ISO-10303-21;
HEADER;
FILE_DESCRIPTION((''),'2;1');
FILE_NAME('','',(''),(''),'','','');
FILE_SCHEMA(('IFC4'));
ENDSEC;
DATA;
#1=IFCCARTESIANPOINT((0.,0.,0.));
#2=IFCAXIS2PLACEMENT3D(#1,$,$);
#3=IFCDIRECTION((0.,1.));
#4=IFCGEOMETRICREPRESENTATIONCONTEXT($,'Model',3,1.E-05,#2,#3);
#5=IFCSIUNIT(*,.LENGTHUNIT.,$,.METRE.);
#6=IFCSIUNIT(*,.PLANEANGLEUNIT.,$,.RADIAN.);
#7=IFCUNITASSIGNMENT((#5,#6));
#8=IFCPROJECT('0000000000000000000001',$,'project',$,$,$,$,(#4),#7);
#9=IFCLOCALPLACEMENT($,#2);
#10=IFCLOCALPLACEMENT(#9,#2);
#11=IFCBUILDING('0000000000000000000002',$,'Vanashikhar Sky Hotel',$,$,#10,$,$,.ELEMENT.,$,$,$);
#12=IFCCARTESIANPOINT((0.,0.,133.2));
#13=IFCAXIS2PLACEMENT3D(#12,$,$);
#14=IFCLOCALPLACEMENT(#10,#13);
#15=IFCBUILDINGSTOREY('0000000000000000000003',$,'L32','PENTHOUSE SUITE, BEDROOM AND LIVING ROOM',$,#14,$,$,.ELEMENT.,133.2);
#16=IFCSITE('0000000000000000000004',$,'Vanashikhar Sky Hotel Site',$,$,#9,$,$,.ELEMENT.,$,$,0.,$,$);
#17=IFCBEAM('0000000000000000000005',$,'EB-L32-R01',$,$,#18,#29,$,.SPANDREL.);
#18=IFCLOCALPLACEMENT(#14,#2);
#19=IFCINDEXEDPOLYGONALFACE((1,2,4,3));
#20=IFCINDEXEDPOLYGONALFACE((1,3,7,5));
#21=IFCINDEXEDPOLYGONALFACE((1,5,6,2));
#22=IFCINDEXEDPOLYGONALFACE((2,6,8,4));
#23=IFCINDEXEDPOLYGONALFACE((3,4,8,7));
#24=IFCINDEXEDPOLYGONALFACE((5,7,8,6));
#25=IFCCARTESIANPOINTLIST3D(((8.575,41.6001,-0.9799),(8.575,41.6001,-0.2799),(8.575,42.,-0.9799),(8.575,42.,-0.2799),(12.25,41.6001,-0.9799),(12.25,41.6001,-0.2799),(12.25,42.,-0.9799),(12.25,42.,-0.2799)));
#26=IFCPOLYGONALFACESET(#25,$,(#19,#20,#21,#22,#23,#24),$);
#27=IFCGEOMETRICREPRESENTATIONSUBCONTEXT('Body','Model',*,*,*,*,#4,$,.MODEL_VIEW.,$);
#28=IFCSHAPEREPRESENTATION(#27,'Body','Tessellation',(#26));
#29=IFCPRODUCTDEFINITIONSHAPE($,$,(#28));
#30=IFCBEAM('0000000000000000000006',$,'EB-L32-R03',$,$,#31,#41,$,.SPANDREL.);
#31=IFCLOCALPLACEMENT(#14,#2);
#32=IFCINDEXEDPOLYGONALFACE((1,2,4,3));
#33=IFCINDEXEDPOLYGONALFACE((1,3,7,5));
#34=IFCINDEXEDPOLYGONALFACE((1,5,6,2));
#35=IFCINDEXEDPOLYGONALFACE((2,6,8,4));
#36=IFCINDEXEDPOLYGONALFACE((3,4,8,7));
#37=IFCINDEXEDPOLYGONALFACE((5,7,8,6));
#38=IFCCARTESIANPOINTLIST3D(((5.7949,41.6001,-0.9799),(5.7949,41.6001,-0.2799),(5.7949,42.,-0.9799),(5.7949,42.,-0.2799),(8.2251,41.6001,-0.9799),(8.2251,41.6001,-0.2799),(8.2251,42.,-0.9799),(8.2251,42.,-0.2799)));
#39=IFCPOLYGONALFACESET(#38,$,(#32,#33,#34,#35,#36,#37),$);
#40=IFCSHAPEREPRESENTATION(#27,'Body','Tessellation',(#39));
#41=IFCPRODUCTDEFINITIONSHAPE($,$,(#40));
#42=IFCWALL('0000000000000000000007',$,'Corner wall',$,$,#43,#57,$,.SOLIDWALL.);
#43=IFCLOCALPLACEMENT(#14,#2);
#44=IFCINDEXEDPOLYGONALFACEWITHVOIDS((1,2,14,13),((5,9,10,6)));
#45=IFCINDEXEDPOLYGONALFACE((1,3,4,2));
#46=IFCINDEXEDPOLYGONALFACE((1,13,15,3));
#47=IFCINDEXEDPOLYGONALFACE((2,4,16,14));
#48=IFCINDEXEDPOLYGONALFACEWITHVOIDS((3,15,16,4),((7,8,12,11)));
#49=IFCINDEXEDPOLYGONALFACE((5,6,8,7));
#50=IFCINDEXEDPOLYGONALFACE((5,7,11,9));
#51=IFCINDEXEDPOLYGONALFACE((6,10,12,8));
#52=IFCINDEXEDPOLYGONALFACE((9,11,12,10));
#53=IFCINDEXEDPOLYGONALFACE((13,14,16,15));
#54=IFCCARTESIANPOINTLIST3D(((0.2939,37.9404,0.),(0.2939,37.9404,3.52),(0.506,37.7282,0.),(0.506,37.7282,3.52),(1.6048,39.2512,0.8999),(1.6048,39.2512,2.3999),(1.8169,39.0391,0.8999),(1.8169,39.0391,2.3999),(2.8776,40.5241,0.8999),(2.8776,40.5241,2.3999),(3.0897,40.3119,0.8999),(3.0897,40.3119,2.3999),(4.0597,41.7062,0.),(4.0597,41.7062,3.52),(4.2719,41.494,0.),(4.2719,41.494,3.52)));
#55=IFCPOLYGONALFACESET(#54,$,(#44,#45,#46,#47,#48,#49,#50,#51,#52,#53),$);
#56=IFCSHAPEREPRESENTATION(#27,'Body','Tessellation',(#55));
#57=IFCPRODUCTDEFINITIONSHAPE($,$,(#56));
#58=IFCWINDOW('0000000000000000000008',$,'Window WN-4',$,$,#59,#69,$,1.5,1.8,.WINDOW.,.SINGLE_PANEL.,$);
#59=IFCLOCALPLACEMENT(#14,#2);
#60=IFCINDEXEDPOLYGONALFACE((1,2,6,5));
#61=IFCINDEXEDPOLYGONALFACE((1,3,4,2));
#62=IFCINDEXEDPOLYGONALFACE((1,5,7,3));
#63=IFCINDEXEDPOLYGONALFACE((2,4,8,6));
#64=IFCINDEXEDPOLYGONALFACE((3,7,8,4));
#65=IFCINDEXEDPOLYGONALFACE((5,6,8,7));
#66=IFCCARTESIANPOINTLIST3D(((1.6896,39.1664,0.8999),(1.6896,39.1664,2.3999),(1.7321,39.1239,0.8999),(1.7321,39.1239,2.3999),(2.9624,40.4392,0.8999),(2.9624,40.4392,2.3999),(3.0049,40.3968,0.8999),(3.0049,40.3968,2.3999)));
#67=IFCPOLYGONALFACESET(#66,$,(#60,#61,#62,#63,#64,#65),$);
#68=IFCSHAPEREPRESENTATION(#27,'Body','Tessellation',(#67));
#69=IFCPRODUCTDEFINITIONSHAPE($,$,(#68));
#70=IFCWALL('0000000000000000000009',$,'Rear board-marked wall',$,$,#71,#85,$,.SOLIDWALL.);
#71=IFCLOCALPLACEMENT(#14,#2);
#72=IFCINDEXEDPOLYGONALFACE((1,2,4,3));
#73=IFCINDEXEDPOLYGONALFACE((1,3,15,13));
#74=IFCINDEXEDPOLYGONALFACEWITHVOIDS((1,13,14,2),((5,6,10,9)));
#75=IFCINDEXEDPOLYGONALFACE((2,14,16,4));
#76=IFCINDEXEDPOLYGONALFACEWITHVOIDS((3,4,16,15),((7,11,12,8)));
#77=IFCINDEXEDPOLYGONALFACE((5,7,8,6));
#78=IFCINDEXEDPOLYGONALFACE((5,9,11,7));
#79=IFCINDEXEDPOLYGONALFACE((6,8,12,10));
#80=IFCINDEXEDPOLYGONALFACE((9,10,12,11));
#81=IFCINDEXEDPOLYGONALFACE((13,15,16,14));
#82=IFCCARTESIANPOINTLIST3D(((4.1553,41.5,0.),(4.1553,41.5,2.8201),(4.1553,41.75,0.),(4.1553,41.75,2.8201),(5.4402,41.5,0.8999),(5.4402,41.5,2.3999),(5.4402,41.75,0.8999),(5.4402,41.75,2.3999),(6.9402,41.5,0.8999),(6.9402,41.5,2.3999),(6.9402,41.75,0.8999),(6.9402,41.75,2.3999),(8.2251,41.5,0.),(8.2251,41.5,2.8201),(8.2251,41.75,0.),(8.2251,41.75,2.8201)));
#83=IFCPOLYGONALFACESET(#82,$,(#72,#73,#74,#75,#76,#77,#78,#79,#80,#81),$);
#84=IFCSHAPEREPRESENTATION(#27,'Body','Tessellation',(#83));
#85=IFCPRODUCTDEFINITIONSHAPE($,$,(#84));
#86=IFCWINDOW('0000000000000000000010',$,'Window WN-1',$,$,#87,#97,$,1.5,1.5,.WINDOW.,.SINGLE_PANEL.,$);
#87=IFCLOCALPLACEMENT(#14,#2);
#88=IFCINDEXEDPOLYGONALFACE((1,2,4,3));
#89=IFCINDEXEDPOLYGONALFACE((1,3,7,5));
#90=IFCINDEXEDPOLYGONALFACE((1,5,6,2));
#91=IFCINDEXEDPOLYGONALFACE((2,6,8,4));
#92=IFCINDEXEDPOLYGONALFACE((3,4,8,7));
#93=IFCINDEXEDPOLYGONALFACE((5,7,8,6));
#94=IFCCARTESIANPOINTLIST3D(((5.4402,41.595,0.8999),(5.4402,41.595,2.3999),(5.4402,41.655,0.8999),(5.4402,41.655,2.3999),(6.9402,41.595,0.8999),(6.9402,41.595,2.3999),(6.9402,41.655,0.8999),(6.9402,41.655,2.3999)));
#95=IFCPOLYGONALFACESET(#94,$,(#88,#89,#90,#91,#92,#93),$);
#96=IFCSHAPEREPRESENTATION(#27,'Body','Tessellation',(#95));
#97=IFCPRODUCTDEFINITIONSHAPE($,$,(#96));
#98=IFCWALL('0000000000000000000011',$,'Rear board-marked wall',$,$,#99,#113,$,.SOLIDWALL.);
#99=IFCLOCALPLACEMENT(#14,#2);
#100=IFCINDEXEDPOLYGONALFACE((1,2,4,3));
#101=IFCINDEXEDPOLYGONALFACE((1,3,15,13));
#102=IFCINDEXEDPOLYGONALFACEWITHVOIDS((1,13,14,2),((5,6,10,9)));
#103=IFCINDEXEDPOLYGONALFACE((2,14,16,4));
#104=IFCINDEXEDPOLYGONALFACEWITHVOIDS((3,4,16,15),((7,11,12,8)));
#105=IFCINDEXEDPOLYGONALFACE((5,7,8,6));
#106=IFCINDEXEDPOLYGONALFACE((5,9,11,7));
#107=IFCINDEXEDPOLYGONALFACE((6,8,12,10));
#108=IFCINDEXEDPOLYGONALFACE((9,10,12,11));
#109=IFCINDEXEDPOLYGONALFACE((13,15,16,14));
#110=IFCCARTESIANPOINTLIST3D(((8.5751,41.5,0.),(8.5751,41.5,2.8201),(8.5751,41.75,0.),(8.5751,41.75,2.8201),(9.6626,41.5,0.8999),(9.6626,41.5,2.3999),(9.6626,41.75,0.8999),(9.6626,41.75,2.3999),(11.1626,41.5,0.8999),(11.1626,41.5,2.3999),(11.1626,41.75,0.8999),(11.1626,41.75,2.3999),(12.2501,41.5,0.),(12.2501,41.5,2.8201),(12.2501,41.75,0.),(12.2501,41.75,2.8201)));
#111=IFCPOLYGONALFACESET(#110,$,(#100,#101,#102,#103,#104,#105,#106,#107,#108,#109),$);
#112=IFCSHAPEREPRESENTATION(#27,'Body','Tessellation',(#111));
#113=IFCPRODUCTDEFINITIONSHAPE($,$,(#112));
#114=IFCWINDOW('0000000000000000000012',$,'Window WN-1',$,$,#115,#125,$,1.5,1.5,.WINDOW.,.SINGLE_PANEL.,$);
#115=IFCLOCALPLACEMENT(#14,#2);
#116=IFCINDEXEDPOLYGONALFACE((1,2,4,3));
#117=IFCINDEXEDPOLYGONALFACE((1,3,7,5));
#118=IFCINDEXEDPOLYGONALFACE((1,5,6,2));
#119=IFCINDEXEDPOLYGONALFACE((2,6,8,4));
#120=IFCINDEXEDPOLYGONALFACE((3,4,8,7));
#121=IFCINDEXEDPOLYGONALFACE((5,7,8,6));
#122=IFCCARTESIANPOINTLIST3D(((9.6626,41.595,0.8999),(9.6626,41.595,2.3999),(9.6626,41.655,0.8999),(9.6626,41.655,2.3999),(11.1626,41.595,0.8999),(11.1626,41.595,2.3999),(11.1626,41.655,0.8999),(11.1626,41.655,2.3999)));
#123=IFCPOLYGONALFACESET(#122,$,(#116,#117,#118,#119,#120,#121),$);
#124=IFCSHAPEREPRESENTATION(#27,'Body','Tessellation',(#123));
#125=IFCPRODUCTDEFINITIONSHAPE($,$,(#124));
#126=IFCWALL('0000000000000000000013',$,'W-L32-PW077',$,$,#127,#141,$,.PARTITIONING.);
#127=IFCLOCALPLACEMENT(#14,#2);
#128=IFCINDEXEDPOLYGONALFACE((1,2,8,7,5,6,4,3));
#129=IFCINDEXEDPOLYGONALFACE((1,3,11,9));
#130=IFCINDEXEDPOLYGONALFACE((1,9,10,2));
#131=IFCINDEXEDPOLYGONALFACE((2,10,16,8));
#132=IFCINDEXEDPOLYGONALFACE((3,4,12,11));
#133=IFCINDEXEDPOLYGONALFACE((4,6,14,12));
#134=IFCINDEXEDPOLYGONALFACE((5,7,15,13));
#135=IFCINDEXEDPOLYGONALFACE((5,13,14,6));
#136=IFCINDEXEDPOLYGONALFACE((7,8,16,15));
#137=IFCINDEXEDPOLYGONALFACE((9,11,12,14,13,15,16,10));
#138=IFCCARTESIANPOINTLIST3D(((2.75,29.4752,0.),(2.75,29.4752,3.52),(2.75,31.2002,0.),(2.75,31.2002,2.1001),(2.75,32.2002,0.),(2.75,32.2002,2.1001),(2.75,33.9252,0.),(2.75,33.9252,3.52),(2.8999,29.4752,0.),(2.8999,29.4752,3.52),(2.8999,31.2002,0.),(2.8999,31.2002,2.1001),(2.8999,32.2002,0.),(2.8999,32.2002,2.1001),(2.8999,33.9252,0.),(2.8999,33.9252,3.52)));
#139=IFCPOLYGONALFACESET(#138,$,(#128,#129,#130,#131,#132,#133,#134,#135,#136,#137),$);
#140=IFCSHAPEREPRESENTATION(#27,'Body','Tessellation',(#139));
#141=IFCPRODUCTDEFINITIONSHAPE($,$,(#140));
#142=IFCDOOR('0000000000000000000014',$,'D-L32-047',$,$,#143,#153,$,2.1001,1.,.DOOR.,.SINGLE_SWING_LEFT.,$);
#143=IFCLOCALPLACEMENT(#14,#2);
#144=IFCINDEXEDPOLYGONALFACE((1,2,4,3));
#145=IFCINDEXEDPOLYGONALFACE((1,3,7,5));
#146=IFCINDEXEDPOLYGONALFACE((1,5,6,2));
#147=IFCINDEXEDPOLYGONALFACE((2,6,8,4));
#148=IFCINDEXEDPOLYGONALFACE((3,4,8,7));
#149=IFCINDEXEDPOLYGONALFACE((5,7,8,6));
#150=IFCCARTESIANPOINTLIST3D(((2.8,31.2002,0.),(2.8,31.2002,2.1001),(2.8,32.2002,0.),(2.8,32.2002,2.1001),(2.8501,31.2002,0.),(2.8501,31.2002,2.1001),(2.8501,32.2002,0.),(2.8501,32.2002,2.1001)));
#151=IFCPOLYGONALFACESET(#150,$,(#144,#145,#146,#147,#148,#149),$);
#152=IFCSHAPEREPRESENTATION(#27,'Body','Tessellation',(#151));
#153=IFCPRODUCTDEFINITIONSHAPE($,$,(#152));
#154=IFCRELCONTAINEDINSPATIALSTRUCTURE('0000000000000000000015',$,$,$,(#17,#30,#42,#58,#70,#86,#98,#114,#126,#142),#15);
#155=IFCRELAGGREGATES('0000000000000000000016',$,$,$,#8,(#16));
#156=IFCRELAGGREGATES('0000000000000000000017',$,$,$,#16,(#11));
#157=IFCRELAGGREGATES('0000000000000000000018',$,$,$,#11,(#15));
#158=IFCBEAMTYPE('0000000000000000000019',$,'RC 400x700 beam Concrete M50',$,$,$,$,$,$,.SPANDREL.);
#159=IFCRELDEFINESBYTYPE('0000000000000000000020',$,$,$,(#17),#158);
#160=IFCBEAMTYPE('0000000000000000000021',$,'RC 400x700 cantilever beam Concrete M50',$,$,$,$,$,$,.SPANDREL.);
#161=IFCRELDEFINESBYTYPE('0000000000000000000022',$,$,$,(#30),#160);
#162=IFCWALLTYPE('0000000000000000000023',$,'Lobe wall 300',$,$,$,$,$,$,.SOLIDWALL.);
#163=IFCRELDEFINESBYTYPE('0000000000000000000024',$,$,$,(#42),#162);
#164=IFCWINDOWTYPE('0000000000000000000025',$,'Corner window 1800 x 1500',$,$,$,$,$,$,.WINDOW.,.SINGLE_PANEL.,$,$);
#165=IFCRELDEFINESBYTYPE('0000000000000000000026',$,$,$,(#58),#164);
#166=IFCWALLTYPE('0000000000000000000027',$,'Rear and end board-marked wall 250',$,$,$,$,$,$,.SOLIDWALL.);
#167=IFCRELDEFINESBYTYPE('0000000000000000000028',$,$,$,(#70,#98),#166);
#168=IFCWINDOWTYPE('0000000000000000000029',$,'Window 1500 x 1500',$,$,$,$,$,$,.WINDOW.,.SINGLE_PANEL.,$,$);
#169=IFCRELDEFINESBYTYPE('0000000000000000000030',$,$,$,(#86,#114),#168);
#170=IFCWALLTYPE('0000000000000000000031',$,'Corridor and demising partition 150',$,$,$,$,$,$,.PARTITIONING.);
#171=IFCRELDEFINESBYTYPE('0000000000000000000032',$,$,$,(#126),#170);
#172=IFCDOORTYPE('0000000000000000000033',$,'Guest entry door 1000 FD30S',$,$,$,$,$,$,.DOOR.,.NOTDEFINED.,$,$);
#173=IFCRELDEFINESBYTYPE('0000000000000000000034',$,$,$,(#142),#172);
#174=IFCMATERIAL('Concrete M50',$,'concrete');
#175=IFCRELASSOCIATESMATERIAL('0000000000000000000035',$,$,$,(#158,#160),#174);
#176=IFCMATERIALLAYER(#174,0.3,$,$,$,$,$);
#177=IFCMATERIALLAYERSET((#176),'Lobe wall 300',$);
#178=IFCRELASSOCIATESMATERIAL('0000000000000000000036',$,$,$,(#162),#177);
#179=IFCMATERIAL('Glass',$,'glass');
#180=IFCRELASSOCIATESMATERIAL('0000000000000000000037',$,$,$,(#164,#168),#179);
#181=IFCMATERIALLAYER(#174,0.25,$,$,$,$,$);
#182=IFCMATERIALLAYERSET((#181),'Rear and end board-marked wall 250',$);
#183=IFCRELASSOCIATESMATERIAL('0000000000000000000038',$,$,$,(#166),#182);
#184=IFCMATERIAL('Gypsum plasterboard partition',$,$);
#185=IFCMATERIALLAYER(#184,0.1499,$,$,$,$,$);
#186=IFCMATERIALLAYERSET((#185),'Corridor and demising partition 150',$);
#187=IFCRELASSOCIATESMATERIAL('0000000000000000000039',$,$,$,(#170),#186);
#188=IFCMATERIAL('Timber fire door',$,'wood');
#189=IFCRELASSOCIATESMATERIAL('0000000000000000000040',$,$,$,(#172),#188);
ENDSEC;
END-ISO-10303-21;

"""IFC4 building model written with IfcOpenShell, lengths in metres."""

from ifc_helpers import new_model, si_unit, direction, frame, frame_2d, origin, origin_2d, place, context, subcontext, project, spatial, rectangle, extrude, source, transform, mapped, material, layer, layer_set, material_profile, profile_set, type_object, element, fill, save


model = new_model("IFC4")

# Units and contexts
model_context = context("Model", 3, precision=1e-05, world=origin(), true_north=direction((0.0, 1.0)))
body_context = subcontext(model_context, "Body", "Model", "MODEL_VIEW")
ifc_project = project(units=[si_unit("LENGTHUNIT", "METRE"), si_unit("PLANEANGLEUNIT", "RADIAN")], contexts=[model_context])

# Site, building, storey
site_placement = place(None, origin())
site = spatial("IfcSite", under=ifc_project, at=site_placement, Name="Vanashikhar Sky Hotel Site", CompositionType="ELEMENT", RefElevation=0.0)
building_placement = place(site_placement, origin())
building = spatial("IfcBuilding", under=site, at=building_placement, Name="Vanashikhar Sky Hotel", CompositionType="ELEMENT")
storey_placement = place(building_placement, frame((0.0, 0.0, 133.2)))
storey = spatial("IfcBuildingStorey", under=building, at=storey_placement, Name="L32", Description="PENTHOUSE SUITE, BEDROOM AND LIVING ROOM", CompositionType="ELEMENT", Elevation=133.2)

# Beams
ifc_material_1 = material(Name="Concrete M50", Category="concrete")
ifc_material_profile_1 = material_profile(ifc_material_1, rectangle(XDim=0.3999, YDim=0.7, at=origin_2d()))
ifc_profile_set_1 = profile_set([ifc_material_profile_1], Name="RC 400x700 beam Concrete M50")
beam_type_1 = type_object("IfcBeamType", Name="RC 400x700 beam Concrete M50", PredefinedType="SPANDREL", material=ifc_profile_set_1)
shared_shape_1 = source(origin(), body_context, "Body", "SweptSolid", [
    extrude(rectangle(XDim=0.3999, YDim=0.7, at=origin_2d()), origin(), (0.0, 0.0, 1.0), 3.675),
])
beam_1_placement = place(storey_placement, frame((8.575, 41.8, -0.6299), z_axis=(1.0, 0.0, 0.0), x_axis=(0.0, 1.0, 0.0)))
element("IfcBeam", 1, at=beam_1_placement, inside=storey, type_object=beam_type_1, Name="EB-L32-R01", PredefinedType="SPANDREL", context=body_context, shape_type="MappedRepresentation", body=[
    mapped(shared_shape_1, transform((0.0, 0.0, 0.0), scale=1.0)),
])
ifc_material_profile_2 = material_profile(ifc_material_1, rectangle(XDim=0.3999, YDim=0.7, at=origin_2d()))
ifc_profile_set_2 = profile_set([ifc_material_profile_2], Name="RC 400x700 cantilever beam Concrete M50")
beam_type_2 = type_object("IfcBeamType", Name="RC 400x700 cantilever beam Concrete M50", PredefinedType="SPANDREL", material=ifc_profile_set_2)
shared_shape_2 = source(origin(), body_context, "Body", "SweptSolid", [
    extrude(rectangle(XDim=0.3999, YDim=0.7, at=origin_2d()), origin(), (0.0, 0.0, 1.0), 2.4302),
])
beam_2_placement = place(storey_placement, frame((5.7949, 41.8, -0.6299), z_axis=(1.0, 0.0, 0.0), x_axis=(0.0, 1.0, 0.0)))
element("IfcBeam", 2, at=beam_2_placement, inside=storey, type_object=beam_type_2, Name="EB-L32-R03", PredefinedType="SPANDREL", context=body_context, shape_type="MappedRepresentation", body=[
    mapped(shared_shape_2, transform((0.0, 0.0, 0.0), scale=1.0)),
])

# Walls, openings, windows
ifc_layer_1 = layer(ifc_material_1, 0.3)
ifc_layer_set_1 = layer_set([ifc_layer_1], Name="Lobe wall 300")
wall_type_1 = type_object("IfcWallType", Name="Lobe wall 300", PredefinedType="SOLIDWALL", material=ifc_layer_set_1)
shared_shape_3 = source(origin(), body_context, "Body", "SweptSolid", [
    extrude(rectangle(XDim=5.3257, YDim=0.3, at=frame_2d((2.6628, 0.0))), origin(), (0.0, 0.0, 1.0), 3.52),
])
wall_1_placement = place(storey_placement, frame((4.1658, 41.6001, 0.0), z_axis=(0.0, 0.0, 1.0), x_axis=(-0.707107, -0.707107, 0.0)))
wall_1 = element("IfcWall", 3, at=wall_1_placement, inside=storey, type_object=wall_type_1, Name="Corner wall", PredefinedType="SOLIDWALL", context=body_context, shape_type="MappedRepresentation", body=[
    mapped(shared_shape_3, transform((0.0, 0.0, 0.0), scale=1.0)),
])
shared_shape_4 = source(origin(), body_context, "Body", "SweptSolid", [
    extrude(rectangle(XDim=1.8, YDim=1.5, at=frame_2d((0.8999, 0.75))), frame((0.0, 0.1602, 0.0), z_axis=(0.0, -1.0, 0.0), x_axis=(1.0, 0.0, 0.0)), (0.0, 0.0, 1.0), 0.3201),
])
opening_1_placement = place(wall_1_placement, frame((1.6719, 0.0, 0.8999)))
opening_1 = element("IfcOpeningElement", 4, at=opening_1_placement, cuts=wall_1, PredefinedType="OPENING", context=body_context, shape_type="MappedRepresentation", body=[
    mapped(shared_shape_4, transform((0.0, 0.0, 0.0), scale=1.0)),
])
ifc_material_2 = material(Name="Glass", Category="glass")
window_type_1 = type_object("IfcWindowType", Name="Corner window 1800 x 1500", PartitioningType="SINGLE_PANEL", PredefinedType="WINDOW", material=ifc_material_2)
shared_shape_5 = source(origin(), body_context, "Body", "SweptSolid", [
    extrude(rectangle(XDim=1.8, YDim=1.5, at=frame_2d((0.8999, 0.75))), frame((0.0, 0.03, 0.0), z_axis=(0.0, -1.0, 0.0), x_axis=(1.0, 0.0, 0.0)), (0.0, 0.0, 1.0), 0.0601),
])
window_1_placement = place(opening_1_placement, origin())
window_1 = element("IfcWindow", 5, at=window_1_placement, inside=storey, type_object=window_type_1, Name="Window WN-4", OverallHeight=1.5, OverallWidth=1.8, PartitioningType="SINGLE_PANEL", PredefinedType="WINDOW", context=body_context, shape_type="MappedRepresentation", body=[
    mapped(shared_shape_5, transform((0.0, 0.0, 0.0), scale=1.0)),
])
fill(opening_1, window_1)
ifc_layer_2 = layer(ifc_material_1, 0.25)
ifc_layer_set_2 = layer_set([ifc_layer_2], Name="Rear and end board-marked wall 250")
wall_type_2 = type_object("IfcWallType", Name="Rear and end board-marked wall 250", PredefinedType="SOLIDWALL", material=ifc_layer_set_2)
shared_shape_6 = source(origin(), body_context, "Body", "SweptSolid", [
    extrude(rectangle(XDim=4.0698, YDim=0.25, at=frame_2d((2.0349, 0.0))), origin(), (0.0, 0.0, 1.0), 2.8201),
])
wall_2_placement = place(storey_placement, frame((8.2251, 41.625, 0.0), z_axis=(0.0, 0.0, 1.0), x_axis=(-1.0, 0.0, 0.0)))
wall_2 = element("IfcWall", 6, at=wall_2_placement, inside=storey, type_object=wall_type_2, Name="Rear board-marked wall", PredefinedType="SOLIDWALL", context=body_context, shape_type="MappedRepresentation", body=[
    mapped(shared_shape_6, transform((0.0, 0.0, 0.0), scale=1.0)),
])
shared_shape_7 = source(origin(), body_context, "Body", "SweptSolid", [
    extrude(rectangle(XDim=1.5, YDim=1.5, at=frame_2d((0.75, 0.75))), frame((0.0, 0.135, 0.0), z_axis=(0.0, -1.0, 0.0), x_axis=(1.0, 0.0, 0.0)), (0.0, 0.0, 1.0), 0.27),
])
opening_2_placement = place(wall_2_placement, frame((1.2849, 0.0, 0.8999)))
opening_2 = element("IfcOpeningElement", 7, at=opening_2_placement, cuts=wall_2, PredefinedType="OPENING", context=body_context, shape_type="MappedRepresentation", body=[
    mapped(shared_shape_7, transform((0.0, 0.0, 0.0), scale=1.0)),
])
window_type_2 = type_object("IfcWindowType", Name="Window 1500 x 1500", PartitioningType="SINGLE_PANEL", PredefinedType="WINDOW", material=ifc_material_2)
shared_shape_8 = source(origin(), body_context, "Body", "SweptSolid", [
    extrude(rectangle(XDim=1.5, YDim=1.5, at=frame_2d((0.75, 0.75))), frame((0.0, 0.03, 0.0), z_axis=(0.0, -1.0, 0.0), x_axis=(1.0, 0.0, 0.0)), (0.0, 0.0, 1.0), 0.0601),
])
window_2_placement = place(opening_2_placement, origin())
window_2 = element("IfcWindow", 8, at=window_2_placement, inside=storey, type_object=window_type_2, Name="Window WN-1", OverallHeight=1.5, OverallWidth=1.5, PartitioningType="SINGLE_PANEL", PredefinedType="WINDOW", context=body_context, shape_type="MappedRepresentation", body=[
    mapped(shared_shape_8, transform((0.0, 0.0, 0.0), scale=1.0)),
])
fill(opening_2, window_2)
shared_shape_9 = source(origin(), body_context, "Body", "SweptSolid", [
    extrude(rectangle(XDim=3.675, YDim=0.25, at=frame_2d((1.8374, 0.0))), origin(), (0.0, 0.0, 1.0), 2.8201),
])
wall_3_placement = place(storey_placement, frame((12.25, 41.625, 0.0), z_axis=(0.0, 0.0, 1.0), x_axis=(-1.0, 0.0, 0.0)))
wall_3 = element("IfcWall", 9, at=wall_3_placement, inside=storey, type_object=wall_type_2, Name="Rear board-marked wall", PredefinedType="SOLIDWALL", context=body_context, shape_type="MappedRepresentation", body=[
    mapped(shared_shape_9, transform((0.0, 0.0, 0.0), scale=1.0)),
])
opening_3_placement = place(wall_3_placement, frame((1.0874, 0.0, 0.8999)))
opening_3 = element("IfcOpeningElement", 10, at=opening_3_placement, cuts=wall_3, PredefinedType="OPENING", context=body_context, shape_type="MappedRepresentation", body=[
    mapped(shared_shape_7, transform((0.0, 0.0, 0.0), scale=1.0)),
])
window_3_placement = place(opening_3_placement, origin())
window_3 = element("IfcWindow", 11, at=window_3_placement, inside=storey, type_object=window_type_2, Name="Window WN-1", OverallHeight=1.5, OverallWidth=1.5, PartitioningType="SINGLE_PANEL", PredefinedType="WINDOW", context=body_context, shape_type="MappedRepresentation", body=[
    mapped(shared_shape_8, transform((0.0, 0.0, 0.0), scale=1.0)),
])
fill(opening_3, window_3)

# Wall, opening, door
ifc_material_3 = material(Name="Gypsum plasterboard partition")
ifc_layer_3 = layer(ifc_material_3, 0.1499)
ifc_layer_set_3 = layer_set([ifc_layer_3], Name="Corridor and demising partition 150")
wall_type_3 = type_object("IfcWallType", Name="Corridor and demising partition 150", PredefinedType="PARTITIONING", material=ifc_layer_set_3)
shared_shape_10 = source(origin(), body_context, "Body", "SweptSolid", [
    extrude(rectangle(XDim=4.45, YDim=0.1499, at=frame_2d((2.2251, 0.0))), origin(), (0.0, 0.0, 1.0), 3.52),
])
wall_4_placement = place(storey_placement, frame((2.825, 29.4751, 0.0), z_axis=(0.0, 0.0, 1.0), x_axis=(0.0, 1.0, 0.0)))
wall_4 = element("IfcWall", 12, at=wall_4_placement, inside=storey, type_object=wall_type_3, Name="W-L32-PW077", PredefinedType="PARTITIONING", context=body_context, shape_type="MappedRepresentation", body=[
    mapped(shared_shape_10, transform((0.0, 0.0, 0.0), scale=1.0)),
])
shared_shape_11 = source(origin(), body_context, "Body", "SweptSolid", [
    extrude(rectangle(XDim=1.0, YDim=2.1001, at=frame_2d((0.5, 1.05))), frame((0.0, 0.085, 0.0), z_axis=(0.0, -1.0, 0.0), x_axis=(1.0, 0.0, 0.0)), (0.0, 0.0, 1.0), 0.1699),
])
opening_4_placement = place(wall_4_placement, frame((1.7251, 0.0, 0.0)))
opening_4 = element("IfcOpeningElement", 13, at=opening_4_placement, cuts=wall_4, PredefinedType="OPENING", context=body_context, shape_type="MappedRepresentation", body=[
    mapped(shared_shape_11, transform((0.0, 0.0, 0.0), scale=1.0)),
])
ifc_material_4 = material(Name="Timber fire door", Category="wood")
door_type_1 = type_object("IfcDoorType", Name="Guest entry door 1000 FD30S", OperationType="NOTDEFINED", PredefinedType="DOOR", material=ifc_material_4)
shared_shape_12 = source(origin(), body_context, "Body", "SweptSolid", [
    extrude(rectangle(XDim=1.0, YDim=2.1001, at=frame_2d((0.5, 1.05))), frame((0.0, 0.0249, 0.0), z_axis=(0.0, -1.0, 0.0), x_axis=(1.0, 0.0, 0.0)), (0.0, 0.0, 1.0), 0.05),
])
door_1_placement = place(opening_4_placement, origin())
door_1 = element("IfcDoor", 14, at=door_1_placement, inside=storey, type_object=door_type_1, Name="D-L32-047", OperationType="SINGLE_SWING_LEFT", OverallHeight=2.1001, OverallWidth=1.0, PredefinedType="DOOR", context=body_context, shape_type="MappedRepresentation", body=[
    mapped(shared_shape_12, transform((0.0, 0.0, 0.0), scale=1.0)),
])
fill(opening_4, door_1)

save(model, "model.ifc")
